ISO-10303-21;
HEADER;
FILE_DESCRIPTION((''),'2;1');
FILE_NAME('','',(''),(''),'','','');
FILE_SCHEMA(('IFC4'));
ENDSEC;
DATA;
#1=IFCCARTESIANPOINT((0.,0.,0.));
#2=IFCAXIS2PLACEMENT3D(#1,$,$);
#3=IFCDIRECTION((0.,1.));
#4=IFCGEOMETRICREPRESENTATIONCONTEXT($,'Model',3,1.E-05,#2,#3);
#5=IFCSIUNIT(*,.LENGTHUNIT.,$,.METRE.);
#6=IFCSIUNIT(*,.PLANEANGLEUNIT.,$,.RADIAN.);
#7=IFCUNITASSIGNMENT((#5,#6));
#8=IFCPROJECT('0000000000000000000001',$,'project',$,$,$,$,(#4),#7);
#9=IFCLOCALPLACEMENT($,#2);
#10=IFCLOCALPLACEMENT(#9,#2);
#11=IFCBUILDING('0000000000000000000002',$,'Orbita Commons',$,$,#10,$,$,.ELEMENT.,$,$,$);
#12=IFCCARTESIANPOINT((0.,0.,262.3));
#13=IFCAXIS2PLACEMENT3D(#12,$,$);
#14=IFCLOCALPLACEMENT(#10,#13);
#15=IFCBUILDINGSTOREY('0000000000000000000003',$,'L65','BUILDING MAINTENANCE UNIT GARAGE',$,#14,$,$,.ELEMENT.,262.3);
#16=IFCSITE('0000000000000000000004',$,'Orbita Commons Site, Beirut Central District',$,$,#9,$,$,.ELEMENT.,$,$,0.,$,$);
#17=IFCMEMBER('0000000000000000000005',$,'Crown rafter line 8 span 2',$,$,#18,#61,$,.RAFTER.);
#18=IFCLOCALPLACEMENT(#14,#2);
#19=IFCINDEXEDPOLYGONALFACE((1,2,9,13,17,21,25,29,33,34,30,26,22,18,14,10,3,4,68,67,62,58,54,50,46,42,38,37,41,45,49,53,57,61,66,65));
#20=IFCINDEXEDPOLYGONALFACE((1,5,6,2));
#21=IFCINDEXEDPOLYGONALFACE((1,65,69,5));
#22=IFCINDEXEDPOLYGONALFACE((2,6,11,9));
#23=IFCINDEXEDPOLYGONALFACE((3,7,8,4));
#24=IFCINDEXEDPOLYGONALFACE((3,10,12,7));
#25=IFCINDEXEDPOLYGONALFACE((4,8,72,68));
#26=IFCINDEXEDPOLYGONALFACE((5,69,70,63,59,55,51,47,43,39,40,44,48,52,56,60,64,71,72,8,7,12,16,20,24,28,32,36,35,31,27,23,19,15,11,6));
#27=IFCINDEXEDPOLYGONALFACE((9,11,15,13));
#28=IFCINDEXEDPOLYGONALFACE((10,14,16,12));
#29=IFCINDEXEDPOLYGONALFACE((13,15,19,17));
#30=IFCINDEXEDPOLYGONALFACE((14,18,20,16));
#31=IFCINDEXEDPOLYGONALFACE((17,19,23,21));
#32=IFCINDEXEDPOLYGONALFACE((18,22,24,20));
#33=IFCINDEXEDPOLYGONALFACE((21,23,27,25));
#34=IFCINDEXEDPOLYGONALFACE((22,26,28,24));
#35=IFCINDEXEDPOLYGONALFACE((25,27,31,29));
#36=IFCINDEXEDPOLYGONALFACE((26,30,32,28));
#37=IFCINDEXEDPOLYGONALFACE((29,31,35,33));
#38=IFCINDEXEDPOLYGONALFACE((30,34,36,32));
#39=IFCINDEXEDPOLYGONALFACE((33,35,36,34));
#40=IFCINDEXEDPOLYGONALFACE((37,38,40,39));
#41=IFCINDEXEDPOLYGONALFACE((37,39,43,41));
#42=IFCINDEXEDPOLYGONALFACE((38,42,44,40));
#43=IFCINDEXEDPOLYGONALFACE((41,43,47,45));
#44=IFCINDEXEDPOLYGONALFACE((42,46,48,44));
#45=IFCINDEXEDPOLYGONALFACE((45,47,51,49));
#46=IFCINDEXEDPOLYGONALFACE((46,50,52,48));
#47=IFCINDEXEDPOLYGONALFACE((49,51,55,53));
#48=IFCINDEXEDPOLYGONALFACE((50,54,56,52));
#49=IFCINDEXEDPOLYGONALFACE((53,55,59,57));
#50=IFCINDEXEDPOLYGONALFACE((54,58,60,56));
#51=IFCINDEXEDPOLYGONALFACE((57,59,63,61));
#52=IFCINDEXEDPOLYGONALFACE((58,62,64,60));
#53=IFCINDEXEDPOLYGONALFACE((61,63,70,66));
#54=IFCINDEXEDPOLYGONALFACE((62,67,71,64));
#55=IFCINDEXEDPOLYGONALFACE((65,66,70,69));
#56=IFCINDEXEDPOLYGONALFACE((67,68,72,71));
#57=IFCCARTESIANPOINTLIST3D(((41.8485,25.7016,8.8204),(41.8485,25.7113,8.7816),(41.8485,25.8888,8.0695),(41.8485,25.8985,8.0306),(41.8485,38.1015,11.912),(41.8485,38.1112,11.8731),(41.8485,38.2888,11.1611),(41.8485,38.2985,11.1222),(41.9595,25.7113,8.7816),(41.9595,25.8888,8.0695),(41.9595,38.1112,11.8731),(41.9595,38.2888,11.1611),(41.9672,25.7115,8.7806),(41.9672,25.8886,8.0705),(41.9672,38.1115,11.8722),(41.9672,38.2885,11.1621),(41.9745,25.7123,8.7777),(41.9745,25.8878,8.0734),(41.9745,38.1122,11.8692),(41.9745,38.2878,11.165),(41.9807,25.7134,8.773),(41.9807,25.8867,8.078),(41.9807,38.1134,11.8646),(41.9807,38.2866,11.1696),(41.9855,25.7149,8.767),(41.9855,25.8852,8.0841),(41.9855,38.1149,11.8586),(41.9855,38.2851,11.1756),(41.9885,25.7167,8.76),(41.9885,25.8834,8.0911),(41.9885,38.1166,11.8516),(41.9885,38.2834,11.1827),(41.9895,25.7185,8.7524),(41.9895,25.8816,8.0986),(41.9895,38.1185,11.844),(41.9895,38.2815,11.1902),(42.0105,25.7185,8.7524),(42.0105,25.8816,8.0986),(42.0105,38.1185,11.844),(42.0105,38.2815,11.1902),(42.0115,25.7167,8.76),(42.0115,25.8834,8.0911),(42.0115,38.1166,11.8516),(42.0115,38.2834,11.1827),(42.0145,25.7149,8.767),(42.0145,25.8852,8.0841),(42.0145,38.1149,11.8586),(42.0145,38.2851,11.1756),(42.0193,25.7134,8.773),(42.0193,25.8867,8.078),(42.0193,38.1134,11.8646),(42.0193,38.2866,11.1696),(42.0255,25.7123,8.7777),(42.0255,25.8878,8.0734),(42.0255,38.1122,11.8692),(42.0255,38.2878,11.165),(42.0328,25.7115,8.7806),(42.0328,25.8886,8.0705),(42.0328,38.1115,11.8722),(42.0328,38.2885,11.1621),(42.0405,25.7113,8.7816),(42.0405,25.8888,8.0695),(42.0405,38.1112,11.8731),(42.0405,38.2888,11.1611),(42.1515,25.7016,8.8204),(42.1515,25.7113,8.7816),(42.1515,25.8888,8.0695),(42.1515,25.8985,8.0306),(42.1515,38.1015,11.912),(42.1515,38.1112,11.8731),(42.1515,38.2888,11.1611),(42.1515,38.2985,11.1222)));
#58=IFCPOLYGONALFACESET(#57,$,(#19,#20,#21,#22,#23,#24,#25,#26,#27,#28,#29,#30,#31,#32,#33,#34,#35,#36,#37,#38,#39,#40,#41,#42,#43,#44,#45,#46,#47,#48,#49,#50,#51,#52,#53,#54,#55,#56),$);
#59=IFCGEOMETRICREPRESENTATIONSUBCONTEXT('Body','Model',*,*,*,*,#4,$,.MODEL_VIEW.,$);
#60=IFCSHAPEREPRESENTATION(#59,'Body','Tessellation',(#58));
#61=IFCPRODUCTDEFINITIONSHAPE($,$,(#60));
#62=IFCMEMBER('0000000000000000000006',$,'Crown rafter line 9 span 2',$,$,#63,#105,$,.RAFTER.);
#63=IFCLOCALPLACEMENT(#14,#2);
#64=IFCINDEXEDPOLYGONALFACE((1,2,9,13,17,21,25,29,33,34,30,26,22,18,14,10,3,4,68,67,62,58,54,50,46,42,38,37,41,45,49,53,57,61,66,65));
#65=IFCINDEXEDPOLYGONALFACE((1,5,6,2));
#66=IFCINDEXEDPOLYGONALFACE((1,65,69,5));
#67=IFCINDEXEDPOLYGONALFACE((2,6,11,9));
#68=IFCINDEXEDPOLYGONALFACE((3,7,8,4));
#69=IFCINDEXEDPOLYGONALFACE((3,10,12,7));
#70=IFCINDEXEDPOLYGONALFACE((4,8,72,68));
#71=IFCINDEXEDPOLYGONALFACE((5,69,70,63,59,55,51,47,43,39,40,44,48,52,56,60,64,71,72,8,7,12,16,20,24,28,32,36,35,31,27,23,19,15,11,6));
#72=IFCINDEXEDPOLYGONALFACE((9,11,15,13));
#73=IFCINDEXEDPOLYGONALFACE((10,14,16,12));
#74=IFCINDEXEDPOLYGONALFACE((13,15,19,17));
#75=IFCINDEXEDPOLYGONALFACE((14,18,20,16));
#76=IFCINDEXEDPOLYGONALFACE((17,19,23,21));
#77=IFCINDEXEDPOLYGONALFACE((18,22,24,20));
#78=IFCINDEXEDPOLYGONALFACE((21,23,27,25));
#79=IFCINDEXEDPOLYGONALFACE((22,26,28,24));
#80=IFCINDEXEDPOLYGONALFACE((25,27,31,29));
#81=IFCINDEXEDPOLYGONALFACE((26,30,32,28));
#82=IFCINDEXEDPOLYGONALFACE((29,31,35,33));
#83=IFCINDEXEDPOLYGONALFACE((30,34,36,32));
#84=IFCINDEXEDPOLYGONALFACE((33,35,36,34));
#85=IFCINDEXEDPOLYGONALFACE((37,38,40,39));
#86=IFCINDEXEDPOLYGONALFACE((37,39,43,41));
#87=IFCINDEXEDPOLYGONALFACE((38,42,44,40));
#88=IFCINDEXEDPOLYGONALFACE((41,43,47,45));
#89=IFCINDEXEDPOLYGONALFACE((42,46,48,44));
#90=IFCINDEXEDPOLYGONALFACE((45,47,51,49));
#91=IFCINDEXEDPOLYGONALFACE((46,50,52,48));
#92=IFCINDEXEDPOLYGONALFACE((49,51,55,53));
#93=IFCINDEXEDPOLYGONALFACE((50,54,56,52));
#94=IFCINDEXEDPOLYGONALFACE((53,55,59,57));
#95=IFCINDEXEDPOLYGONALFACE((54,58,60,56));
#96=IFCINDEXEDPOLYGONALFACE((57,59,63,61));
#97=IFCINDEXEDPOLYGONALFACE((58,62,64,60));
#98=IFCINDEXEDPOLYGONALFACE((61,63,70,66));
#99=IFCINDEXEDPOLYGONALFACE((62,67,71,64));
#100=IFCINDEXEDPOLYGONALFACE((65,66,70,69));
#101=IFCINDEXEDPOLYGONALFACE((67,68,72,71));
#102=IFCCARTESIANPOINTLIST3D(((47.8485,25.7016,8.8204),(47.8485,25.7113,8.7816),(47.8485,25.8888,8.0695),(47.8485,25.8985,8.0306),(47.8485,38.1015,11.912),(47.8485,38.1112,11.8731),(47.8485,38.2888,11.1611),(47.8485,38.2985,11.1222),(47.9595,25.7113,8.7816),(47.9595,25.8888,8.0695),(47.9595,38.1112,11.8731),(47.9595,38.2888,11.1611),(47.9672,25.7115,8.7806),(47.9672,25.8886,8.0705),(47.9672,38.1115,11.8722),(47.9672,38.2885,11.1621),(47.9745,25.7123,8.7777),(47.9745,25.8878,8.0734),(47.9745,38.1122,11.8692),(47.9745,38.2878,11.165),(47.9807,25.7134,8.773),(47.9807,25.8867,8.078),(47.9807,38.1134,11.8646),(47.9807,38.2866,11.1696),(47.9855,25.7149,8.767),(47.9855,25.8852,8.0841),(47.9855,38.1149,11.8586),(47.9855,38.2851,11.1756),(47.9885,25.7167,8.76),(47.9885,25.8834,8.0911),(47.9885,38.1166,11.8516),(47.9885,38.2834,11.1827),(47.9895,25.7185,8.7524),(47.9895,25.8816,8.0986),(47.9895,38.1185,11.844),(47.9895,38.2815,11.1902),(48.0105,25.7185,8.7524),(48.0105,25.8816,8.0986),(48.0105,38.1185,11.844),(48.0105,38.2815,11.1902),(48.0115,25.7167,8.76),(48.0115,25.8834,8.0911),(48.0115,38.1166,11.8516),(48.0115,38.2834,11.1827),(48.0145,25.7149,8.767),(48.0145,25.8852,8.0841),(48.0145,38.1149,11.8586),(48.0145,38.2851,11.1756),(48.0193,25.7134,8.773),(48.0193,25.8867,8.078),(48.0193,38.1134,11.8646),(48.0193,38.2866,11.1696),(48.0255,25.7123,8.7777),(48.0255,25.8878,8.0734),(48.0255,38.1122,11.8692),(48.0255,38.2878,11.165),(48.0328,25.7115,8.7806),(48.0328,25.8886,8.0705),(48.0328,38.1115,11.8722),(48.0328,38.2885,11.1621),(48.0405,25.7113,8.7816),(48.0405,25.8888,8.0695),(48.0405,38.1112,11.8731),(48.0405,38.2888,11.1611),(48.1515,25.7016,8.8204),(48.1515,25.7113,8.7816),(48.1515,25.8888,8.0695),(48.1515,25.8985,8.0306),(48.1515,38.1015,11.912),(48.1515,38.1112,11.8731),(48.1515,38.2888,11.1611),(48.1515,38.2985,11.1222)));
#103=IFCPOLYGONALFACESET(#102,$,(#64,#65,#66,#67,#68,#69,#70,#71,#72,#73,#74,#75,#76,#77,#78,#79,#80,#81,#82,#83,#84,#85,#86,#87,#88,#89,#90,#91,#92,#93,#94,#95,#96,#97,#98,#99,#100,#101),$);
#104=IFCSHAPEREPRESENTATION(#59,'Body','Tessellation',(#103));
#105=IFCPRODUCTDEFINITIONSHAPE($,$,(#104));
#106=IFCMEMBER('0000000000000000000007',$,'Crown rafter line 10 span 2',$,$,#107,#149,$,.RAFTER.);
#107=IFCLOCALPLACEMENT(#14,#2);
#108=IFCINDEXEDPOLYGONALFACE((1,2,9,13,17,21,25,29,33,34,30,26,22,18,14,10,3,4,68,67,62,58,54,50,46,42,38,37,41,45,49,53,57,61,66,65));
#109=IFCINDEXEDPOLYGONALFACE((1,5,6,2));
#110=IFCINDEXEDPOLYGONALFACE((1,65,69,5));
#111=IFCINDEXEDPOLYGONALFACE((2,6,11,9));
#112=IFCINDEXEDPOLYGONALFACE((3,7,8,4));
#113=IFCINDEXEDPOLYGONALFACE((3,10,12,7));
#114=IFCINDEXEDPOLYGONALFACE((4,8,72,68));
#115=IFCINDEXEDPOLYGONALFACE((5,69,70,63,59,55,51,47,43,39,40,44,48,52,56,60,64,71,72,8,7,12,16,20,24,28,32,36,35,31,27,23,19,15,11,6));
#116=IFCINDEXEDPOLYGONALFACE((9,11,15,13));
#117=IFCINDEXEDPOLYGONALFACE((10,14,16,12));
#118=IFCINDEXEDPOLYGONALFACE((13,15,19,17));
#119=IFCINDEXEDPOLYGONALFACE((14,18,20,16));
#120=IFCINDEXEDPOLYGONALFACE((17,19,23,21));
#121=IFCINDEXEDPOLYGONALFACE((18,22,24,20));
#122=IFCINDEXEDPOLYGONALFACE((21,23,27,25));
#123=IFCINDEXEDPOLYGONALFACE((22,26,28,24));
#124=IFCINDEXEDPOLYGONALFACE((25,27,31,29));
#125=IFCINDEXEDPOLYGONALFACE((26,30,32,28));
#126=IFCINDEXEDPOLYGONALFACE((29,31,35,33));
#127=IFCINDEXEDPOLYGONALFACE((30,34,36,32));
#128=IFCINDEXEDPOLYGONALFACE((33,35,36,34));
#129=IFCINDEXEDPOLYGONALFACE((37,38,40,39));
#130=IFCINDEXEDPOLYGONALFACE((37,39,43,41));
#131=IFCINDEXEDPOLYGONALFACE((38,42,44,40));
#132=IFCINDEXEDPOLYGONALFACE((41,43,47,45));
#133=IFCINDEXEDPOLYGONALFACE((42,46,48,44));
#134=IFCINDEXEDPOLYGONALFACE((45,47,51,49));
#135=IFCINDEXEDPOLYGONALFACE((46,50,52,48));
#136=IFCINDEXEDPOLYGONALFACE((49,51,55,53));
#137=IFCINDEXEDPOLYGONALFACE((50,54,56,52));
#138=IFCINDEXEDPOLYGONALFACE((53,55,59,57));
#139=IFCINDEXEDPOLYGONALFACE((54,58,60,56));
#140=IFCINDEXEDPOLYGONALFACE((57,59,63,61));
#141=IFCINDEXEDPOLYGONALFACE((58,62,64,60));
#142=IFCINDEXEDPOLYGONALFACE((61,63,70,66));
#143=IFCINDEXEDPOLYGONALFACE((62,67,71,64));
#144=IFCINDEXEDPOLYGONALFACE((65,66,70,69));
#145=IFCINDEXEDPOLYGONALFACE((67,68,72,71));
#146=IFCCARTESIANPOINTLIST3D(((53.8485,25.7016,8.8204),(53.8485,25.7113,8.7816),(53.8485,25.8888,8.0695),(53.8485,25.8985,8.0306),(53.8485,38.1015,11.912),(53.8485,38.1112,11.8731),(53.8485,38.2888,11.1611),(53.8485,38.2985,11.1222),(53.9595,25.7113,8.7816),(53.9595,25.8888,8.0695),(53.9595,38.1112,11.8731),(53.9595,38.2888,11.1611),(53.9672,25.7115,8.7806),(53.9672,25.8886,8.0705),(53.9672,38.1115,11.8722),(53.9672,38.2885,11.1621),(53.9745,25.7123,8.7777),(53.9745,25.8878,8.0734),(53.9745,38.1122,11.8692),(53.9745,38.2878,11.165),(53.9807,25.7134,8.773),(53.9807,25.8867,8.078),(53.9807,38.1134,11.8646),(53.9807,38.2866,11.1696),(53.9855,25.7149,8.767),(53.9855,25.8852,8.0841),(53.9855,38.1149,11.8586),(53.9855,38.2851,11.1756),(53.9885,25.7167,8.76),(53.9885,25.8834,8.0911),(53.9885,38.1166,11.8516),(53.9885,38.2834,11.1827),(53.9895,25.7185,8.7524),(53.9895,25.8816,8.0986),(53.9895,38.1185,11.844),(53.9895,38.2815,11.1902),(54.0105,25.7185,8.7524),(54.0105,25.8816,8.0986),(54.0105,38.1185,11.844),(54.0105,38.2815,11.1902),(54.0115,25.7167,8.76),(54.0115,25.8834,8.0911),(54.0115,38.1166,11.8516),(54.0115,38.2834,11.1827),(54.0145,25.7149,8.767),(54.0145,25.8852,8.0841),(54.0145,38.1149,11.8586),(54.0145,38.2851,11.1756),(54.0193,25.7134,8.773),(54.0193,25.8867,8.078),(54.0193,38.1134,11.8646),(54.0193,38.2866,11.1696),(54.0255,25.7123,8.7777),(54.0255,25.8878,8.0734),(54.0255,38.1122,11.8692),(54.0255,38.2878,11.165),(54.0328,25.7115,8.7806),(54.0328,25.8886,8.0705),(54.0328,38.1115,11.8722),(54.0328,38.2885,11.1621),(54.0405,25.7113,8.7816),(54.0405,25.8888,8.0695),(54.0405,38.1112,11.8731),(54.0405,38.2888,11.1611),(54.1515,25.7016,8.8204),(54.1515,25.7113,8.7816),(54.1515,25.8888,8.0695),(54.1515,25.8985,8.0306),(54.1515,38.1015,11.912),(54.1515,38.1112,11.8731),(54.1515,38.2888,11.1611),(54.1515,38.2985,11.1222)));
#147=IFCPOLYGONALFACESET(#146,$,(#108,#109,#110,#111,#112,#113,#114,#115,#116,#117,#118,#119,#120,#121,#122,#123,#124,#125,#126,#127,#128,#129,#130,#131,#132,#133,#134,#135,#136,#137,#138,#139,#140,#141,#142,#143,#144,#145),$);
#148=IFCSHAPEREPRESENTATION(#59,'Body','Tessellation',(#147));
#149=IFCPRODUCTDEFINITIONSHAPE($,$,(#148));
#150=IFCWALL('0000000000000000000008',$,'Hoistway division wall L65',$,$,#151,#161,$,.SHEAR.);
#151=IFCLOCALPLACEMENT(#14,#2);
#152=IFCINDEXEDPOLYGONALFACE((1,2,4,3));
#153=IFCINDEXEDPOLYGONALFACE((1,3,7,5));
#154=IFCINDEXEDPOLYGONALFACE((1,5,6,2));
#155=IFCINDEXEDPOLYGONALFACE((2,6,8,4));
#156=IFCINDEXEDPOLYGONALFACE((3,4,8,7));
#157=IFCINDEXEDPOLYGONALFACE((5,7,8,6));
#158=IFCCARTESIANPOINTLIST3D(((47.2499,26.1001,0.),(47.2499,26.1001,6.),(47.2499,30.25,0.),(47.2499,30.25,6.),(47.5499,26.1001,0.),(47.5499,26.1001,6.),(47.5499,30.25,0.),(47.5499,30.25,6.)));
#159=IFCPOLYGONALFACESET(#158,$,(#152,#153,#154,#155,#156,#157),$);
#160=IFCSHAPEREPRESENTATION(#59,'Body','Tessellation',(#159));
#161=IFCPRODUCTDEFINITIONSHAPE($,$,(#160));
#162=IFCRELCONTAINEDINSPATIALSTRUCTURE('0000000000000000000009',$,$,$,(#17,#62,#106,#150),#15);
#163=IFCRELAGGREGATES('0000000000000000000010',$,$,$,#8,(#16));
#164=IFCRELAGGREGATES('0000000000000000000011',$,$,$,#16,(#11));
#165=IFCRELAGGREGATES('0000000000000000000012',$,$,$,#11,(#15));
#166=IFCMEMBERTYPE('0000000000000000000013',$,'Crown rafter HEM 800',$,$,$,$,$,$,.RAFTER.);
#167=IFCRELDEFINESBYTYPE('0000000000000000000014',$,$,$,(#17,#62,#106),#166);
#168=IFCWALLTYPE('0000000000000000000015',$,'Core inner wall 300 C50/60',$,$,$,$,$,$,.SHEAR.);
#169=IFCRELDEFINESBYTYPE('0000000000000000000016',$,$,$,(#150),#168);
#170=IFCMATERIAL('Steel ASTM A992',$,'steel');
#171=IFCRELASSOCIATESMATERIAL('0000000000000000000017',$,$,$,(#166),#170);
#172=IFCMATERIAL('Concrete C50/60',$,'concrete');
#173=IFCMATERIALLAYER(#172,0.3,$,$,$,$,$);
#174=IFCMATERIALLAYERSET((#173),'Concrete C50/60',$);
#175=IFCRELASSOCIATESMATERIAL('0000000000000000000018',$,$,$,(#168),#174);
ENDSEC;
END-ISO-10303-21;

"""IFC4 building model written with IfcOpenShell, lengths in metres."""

from ifc_helpers import new_model, si_unit, direction, frame, frame_2d, origin, origin_2d, place, context, subcontext, project, spatial, rectangle, i_section, extrude, material, layer, layer_set, material_profile, profile_set, type_object, element, save


model = new_model("IFC4")

# Units and contexts
model_context = context("Model", 3, precision=1e-05, world=origin(), true_north=direction((0.0, 1.0)))
body_context = subcontext(model_context, "Body", "Model", "MODEL_VIEW")
ifc_project = project(units=[si_unit("LENGTHUNIT", "METRE"), si_unit("PLANEANGLEUNIT", "RADIAN")], contexts=[model_context])

# Site, building, storey
site_placement = place(None, origin())
site = spatial("IfcSite", under=ifc_project, at=site_placement, Name="Orbita Commons Site, Beirut Central District", CompositionType="ELEMENT", RefElevation=0.0)
building_placement = place(site_placement, origin())
building = spatial("IfcBuilding", under=site, at=building_placement, Name="Orbita Commons", CompositionType="ELEMENT")
storey_placement = place(building_placement, frame((0.0, 0.0, 262.3)))
storey = spatial("IfcBuildingStorey", under=building, at=storey_placement, Name="L65", Description="BUILDING MAINTENANCE UNIT GARAGE", CompositionType="ELEMENT", Elevation=262.3)

# Members
ifc_material_1 = material(Name="Steel ASTM A992", Category="steel")
ifc_material_profile_1 = material_profile(ifc_material_1, i_section(OverallWidth=0.303, OverallDepth=0.814, WebThickness=0.021, FlangeThickness=0.04, FilletRadius=0.03, at=origin_2d()), Name="HEM 800")
ifc_profile_set_1 = profile_set([ifc_material_profile_1], Name="Steel ASTM A992")
member_type_1 = type_object("IfcMemberType", Name="Crown rafter HEM 800", PredefinedType="RAFTER", material=ifc_profile_set_1)
for number, where, z_axis, x_axis, name in (
    (1, (42.0, 25.8, 8.4255), (0.0, 0.970297, 0.241915), (-1.0, 0.0, 0.0), "Crown rafter line 8 span 2"),
    (2, (48.0, 25.8, 8.4255), (0.0, 0.970297, 0.241915), (-1.0, 0.0, 0.0), "Crown rafter line 9 span 2"),
    (3, (54.0, 25.8, 8.4255), (0.0, 0.970297, 0.241915), (-1.0, 0.0, 0.0), "Crown rafter line 10 span 2"),
):
    element("IfcMember", number, at=place(storey_placement, frame(where, z_axis=z_axis, x_axis=x_axis)), inside=storey, type_object=member_type_1, Name=name, PredefinedType="RAFTER", context=body_context, shape_type="SweptSolid", body=[
        extrude(i_section(OverallWidth=0.303, OverallDepth=0.814, WebThickness=0.021, FlangeThickness=0.04, FilletRadius=0.03, at=origin_2d()), origin(), (0.0, 0.0, 1.0), 12.7795),
    ])

# Wall
ifc_material_2 = material(Name="Concrete C50/60", Category="concrete")
ifc_layer = layer(ifc_material_2, 0.3)
ifc_layer_set = layer_set([ifc_layer], Name="Concrete C50/60")
wall_type = type_object("IfcWallType", Name="Core inner wall 300 C50/60", PredefinedType="SHEAR", material=ifc_layer_set)
wall_placement = place(storey_placement, frame((47.3999, 26.1001, 0.0), z_axis=(0.0, 0.0, 1.0), x_axis=(0.0, 1.0, 0.0)))
element("IfcWall", 4, at=wall_placement, inside=storey, type_object=wall_type, Name="Hoistway division wall L65", PredefinedType="SHEAR", context=body_context, shape_type="SweptSolid", body=[
    extrude(rectangle(XDim=4.1499, YDim=0.3, at=frame_2d((2.075, 0.0))), origin(), (0.0, 0.0, 1.0), 6.0),
])

save(model, "model.ifc")
